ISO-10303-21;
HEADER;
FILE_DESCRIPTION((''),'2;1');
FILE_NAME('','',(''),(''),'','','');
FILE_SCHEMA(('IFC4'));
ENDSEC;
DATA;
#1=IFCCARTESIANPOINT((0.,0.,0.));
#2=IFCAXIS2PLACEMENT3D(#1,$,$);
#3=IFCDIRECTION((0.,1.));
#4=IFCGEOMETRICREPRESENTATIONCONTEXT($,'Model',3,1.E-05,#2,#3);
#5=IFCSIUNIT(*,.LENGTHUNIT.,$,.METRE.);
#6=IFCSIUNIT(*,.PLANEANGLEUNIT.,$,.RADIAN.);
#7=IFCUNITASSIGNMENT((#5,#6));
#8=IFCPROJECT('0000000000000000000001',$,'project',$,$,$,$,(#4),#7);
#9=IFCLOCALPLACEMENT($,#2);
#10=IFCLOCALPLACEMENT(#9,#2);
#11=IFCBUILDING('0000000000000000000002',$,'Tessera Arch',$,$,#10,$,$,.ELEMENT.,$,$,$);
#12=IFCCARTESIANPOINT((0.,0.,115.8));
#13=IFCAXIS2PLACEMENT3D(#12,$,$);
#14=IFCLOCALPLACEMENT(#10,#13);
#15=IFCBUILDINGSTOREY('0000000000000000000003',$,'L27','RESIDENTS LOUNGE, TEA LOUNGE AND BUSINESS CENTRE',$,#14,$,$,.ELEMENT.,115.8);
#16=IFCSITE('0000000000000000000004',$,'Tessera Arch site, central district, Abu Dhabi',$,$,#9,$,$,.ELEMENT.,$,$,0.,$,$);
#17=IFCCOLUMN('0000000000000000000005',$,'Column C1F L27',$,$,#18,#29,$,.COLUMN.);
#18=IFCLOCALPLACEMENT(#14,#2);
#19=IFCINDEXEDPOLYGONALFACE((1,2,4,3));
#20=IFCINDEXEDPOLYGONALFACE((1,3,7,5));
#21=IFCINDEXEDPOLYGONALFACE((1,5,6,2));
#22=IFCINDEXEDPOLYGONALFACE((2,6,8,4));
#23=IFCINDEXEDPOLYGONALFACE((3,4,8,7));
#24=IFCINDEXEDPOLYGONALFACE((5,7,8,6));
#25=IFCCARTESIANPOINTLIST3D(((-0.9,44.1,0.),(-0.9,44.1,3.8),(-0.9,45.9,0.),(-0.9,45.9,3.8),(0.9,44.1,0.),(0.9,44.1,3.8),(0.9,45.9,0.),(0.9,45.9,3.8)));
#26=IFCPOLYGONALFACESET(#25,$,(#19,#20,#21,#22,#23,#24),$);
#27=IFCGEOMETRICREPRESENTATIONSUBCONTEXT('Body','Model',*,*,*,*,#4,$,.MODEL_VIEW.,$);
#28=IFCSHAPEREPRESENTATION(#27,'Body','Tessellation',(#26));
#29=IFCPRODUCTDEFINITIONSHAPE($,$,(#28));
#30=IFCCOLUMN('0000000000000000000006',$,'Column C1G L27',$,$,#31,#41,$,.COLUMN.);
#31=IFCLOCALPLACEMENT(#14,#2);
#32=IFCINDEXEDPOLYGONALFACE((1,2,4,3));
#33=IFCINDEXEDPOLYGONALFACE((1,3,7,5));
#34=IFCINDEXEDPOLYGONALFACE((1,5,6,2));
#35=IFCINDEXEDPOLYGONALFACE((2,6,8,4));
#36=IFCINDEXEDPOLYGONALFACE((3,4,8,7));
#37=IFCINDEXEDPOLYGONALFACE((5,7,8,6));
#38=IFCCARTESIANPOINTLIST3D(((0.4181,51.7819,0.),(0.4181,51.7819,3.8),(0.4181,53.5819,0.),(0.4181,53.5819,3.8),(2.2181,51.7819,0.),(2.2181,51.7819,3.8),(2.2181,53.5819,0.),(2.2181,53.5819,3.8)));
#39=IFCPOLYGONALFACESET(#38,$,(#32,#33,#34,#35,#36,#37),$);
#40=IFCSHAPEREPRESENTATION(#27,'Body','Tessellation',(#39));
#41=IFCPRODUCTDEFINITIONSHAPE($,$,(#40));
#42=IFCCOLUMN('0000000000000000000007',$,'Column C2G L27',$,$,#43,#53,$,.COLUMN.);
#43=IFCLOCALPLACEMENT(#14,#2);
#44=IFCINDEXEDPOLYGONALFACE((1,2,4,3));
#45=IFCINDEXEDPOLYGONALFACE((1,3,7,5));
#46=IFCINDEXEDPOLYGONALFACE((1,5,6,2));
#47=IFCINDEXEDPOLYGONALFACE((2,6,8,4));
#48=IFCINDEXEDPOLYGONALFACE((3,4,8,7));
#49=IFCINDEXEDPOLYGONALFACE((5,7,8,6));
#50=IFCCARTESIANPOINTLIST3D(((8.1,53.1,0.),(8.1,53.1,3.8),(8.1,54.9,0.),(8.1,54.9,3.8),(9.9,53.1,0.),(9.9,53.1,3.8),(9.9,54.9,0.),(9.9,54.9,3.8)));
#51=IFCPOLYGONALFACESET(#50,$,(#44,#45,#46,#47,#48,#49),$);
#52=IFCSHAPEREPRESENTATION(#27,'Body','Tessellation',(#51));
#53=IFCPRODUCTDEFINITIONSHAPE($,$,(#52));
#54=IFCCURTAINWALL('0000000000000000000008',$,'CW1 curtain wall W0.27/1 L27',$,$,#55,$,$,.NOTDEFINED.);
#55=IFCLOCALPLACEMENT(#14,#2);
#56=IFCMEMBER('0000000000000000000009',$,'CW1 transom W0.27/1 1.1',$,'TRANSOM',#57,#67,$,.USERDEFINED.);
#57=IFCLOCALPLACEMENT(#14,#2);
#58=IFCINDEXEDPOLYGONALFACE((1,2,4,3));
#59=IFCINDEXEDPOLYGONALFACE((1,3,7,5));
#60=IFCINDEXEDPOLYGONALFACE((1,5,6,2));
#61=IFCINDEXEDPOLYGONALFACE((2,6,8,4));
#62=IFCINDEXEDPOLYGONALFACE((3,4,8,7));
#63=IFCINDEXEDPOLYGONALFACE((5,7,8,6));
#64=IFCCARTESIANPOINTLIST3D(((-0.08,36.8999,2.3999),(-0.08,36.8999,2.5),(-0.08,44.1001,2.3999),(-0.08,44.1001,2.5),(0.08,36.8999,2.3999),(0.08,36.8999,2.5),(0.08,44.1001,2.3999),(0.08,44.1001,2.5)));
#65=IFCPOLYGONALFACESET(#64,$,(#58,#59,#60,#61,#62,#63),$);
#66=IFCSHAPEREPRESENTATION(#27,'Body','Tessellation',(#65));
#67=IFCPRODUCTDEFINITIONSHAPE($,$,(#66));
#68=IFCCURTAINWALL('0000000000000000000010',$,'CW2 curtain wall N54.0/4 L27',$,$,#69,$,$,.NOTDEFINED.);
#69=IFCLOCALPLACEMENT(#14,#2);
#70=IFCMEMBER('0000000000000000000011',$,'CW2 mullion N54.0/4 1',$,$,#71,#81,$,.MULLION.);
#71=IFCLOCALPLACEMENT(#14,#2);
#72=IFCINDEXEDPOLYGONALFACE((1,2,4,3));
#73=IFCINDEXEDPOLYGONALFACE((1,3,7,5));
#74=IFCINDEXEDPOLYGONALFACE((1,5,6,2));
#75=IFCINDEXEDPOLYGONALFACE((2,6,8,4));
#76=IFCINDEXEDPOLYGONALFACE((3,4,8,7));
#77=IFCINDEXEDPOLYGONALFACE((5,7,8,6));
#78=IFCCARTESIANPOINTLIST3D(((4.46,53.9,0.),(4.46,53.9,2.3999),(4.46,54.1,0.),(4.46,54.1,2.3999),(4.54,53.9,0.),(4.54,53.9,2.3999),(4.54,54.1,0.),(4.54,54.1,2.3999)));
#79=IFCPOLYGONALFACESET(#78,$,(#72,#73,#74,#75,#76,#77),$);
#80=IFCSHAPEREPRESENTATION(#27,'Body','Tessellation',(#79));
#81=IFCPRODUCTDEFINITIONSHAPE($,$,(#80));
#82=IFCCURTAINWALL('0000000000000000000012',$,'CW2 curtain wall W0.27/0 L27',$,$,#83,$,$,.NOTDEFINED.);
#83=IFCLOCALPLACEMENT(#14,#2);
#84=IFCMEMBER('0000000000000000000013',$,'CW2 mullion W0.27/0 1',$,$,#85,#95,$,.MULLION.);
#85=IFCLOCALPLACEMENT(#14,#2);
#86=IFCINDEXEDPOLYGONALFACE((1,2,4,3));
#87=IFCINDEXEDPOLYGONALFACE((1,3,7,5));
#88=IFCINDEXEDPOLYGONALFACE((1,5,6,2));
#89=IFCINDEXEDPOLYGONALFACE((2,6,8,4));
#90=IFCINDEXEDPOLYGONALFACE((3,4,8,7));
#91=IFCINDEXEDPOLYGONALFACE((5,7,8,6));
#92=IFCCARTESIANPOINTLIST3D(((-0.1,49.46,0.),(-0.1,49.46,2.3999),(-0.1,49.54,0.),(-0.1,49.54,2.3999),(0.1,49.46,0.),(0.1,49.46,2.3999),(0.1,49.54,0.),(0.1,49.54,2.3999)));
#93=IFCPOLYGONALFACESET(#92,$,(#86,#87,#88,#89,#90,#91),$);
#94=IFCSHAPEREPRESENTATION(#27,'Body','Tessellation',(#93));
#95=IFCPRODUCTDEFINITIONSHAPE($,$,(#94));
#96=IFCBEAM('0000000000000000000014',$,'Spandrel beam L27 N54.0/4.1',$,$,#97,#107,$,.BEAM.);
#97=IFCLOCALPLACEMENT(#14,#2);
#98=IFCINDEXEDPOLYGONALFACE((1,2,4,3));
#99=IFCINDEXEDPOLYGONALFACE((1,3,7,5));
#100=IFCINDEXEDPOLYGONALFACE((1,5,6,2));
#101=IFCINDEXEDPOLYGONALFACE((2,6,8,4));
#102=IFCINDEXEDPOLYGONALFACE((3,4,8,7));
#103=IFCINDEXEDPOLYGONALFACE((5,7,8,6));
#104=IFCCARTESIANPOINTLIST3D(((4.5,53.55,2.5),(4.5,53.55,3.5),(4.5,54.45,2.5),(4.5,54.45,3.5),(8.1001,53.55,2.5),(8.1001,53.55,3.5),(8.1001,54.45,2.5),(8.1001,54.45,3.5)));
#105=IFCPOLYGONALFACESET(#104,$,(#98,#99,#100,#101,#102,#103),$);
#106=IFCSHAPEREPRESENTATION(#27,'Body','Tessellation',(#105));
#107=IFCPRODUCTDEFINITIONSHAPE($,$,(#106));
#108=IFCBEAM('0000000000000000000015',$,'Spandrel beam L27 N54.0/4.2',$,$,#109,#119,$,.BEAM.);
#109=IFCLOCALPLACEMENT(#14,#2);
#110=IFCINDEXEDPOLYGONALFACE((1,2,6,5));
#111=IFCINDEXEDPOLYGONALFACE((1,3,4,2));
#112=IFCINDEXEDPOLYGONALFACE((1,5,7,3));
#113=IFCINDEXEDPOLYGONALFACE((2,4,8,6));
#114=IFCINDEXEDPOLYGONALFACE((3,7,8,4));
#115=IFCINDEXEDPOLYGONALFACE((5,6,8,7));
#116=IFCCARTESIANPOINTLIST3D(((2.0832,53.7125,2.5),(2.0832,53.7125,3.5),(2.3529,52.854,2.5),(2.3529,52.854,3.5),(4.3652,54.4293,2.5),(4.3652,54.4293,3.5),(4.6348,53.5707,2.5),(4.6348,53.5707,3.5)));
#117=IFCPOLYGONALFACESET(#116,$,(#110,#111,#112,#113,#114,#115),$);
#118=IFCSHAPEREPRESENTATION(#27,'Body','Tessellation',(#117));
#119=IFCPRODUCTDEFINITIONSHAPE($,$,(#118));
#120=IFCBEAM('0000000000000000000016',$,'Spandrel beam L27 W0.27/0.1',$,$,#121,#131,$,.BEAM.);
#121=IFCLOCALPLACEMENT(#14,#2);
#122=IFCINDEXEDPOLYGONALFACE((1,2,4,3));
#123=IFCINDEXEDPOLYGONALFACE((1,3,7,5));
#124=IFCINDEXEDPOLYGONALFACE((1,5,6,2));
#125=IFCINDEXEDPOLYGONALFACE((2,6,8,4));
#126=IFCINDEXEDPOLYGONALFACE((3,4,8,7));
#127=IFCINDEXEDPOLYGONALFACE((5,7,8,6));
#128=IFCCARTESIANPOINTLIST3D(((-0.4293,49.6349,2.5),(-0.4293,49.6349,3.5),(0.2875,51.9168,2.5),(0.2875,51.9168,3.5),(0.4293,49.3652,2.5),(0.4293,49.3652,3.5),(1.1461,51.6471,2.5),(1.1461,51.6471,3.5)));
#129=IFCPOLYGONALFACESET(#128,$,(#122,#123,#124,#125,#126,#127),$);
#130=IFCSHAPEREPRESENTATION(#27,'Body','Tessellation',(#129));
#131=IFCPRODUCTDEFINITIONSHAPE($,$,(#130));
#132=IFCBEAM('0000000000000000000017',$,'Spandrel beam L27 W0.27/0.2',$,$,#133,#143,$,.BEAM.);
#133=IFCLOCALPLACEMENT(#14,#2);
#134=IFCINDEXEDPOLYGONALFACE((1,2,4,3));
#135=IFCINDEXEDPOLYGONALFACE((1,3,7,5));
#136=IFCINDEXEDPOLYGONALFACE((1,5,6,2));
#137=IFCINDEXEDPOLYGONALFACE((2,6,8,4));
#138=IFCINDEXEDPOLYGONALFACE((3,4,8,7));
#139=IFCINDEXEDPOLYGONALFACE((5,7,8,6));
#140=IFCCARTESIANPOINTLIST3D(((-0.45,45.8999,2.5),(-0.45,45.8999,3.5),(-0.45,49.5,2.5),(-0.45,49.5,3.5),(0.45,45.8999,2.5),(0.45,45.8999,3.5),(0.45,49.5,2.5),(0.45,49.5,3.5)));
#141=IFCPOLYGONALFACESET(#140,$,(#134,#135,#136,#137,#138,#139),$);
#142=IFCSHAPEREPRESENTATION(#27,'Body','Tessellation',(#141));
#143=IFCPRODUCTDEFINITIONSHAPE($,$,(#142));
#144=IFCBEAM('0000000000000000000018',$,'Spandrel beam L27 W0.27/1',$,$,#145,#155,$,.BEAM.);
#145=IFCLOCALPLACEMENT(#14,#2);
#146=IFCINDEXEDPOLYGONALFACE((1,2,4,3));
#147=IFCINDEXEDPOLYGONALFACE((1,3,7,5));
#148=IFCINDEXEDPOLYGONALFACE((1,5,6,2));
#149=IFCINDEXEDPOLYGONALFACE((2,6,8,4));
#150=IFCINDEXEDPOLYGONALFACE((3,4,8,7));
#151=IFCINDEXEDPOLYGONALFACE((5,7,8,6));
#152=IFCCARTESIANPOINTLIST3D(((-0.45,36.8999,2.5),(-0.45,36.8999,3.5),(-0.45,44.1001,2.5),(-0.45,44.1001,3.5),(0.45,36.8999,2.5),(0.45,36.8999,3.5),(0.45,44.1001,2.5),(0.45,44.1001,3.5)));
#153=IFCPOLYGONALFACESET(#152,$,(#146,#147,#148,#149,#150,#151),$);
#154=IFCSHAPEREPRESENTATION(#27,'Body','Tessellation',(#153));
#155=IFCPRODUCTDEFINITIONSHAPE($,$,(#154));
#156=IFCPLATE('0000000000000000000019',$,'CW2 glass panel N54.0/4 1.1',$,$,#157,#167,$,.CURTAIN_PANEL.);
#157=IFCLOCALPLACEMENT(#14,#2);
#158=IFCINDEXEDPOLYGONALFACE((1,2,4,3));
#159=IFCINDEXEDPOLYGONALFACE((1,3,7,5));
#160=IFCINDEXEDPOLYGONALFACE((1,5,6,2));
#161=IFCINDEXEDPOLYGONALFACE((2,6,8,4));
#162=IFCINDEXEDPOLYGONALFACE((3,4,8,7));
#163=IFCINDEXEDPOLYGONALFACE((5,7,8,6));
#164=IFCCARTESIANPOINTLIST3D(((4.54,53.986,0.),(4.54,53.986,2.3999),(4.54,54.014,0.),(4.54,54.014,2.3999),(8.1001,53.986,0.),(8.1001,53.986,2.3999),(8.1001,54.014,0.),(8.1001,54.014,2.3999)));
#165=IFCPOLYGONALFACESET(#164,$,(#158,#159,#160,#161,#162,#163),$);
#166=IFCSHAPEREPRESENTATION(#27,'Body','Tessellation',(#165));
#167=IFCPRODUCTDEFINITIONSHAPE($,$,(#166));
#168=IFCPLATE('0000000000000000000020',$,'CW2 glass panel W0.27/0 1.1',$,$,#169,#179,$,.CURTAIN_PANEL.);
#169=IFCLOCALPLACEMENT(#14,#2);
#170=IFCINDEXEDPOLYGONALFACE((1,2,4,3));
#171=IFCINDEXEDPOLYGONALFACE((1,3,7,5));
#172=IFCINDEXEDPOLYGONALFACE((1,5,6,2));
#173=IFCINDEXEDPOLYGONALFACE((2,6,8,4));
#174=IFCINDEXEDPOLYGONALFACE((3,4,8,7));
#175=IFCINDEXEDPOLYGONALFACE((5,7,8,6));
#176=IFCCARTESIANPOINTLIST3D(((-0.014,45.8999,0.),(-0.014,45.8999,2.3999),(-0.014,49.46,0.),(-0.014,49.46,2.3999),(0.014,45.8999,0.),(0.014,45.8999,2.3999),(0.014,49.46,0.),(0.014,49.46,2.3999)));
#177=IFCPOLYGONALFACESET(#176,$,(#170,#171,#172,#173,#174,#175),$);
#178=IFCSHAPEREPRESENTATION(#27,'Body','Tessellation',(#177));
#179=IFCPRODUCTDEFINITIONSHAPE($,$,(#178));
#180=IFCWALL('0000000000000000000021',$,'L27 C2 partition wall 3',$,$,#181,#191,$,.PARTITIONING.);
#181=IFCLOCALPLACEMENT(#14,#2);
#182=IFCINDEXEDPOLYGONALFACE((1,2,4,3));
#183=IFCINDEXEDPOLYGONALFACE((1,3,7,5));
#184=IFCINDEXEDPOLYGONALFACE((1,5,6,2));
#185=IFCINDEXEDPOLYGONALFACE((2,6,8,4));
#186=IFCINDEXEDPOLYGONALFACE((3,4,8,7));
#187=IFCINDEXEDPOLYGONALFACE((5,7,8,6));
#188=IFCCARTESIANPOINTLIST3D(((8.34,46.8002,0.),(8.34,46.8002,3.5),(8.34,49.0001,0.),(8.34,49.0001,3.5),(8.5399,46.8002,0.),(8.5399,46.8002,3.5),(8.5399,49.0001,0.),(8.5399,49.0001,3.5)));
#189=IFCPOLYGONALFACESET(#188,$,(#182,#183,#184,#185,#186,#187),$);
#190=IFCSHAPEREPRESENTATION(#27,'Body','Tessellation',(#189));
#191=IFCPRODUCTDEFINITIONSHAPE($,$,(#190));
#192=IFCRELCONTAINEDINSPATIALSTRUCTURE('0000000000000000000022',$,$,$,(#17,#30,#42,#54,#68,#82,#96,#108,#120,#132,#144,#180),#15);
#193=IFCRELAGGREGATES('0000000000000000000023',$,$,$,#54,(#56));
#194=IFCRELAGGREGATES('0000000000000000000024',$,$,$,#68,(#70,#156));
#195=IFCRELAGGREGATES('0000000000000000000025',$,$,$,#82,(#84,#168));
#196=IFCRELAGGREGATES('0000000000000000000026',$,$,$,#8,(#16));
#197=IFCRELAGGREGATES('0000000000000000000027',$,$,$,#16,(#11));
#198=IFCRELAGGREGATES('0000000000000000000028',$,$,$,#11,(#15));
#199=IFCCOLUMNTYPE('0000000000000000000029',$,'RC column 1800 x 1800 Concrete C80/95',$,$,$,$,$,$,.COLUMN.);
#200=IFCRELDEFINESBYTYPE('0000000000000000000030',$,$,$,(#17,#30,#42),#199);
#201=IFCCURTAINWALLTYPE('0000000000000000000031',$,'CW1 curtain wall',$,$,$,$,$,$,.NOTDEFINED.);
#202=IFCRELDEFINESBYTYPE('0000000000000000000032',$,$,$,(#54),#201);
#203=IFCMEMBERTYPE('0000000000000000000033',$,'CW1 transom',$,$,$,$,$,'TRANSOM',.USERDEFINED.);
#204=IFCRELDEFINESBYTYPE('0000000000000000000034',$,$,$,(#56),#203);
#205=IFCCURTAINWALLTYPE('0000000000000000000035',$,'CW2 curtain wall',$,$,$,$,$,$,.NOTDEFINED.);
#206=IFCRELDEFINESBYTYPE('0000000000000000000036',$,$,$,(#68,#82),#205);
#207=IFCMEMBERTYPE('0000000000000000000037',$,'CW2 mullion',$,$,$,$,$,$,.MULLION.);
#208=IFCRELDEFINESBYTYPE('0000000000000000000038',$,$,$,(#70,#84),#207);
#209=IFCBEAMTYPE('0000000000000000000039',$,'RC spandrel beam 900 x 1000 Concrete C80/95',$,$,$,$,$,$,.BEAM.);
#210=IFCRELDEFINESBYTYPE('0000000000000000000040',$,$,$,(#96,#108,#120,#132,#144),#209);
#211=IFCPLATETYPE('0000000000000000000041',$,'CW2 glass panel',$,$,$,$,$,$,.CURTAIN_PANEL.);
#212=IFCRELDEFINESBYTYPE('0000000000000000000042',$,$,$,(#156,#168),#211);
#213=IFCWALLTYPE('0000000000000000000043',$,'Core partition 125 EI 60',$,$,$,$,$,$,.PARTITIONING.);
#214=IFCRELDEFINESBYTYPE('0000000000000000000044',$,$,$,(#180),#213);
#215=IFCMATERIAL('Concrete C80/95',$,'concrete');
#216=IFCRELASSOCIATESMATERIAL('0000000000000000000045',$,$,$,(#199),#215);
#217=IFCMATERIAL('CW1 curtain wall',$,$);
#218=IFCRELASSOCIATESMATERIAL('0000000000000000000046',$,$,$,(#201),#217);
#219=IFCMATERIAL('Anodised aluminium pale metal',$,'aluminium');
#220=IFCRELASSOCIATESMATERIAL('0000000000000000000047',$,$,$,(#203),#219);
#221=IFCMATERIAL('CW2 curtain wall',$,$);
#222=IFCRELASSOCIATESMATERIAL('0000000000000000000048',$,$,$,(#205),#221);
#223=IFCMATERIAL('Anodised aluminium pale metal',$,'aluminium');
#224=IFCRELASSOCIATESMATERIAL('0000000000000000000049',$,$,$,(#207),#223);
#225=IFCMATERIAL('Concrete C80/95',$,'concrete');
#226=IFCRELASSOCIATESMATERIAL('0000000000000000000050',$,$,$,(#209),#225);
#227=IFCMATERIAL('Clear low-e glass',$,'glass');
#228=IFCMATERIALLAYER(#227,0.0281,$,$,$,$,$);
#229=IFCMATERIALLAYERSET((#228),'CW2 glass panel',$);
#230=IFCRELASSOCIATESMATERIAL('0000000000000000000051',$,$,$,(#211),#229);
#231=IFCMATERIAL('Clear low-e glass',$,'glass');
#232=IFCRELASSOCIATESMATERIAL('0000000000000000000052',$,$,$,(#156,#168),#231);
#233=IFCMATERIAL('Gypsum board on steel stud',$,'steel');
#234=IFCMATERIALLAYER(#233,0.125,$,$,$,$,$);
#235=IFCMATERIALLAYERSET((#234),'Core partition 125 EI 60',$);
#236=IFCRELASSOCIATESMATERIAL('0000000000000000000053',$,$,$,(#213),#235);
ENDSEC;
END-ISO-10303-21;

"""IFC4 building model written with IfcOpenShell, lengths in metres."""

from ifc_helpers import new_model, si_unit, direction, frame, frame_2d, origin, origin_2d, place, context, subcontext, project, spatial, rectangle, extrude, material, layer, layer_set, material_profile, profile_set, type_object, element, aggregate, save


model = new_model("IFC4")

# Units and contexts
model_context = context("Model", 3, precision=1e-05, world=origin(), true_north=direction((0.0, 1.0)))
body_context = subcontext(model_context, "Body", "Model", "MODEL_VIEW")
ifc_project = project(units=[si_unit("LENGTHUNIT", "METRE"), si_unit("PLANEANGLEUNIT", "RADIAN")], contexts=[model_context])

# Site, building, storey
site_placement = place(None, origin())
site = spatial("IfcSite", under=ifc_project, at=site_placement, Name="Tessera Arch site, central district, Abu Dhabi", CompositionType="ELEMENT", RefElevation=0.0)
building_placement = place(site_placement, origin())
building = spatial("IfcBuilding", under=site, at=building_placement, Name="Tessera Arch", CompositionType="ELEMENT")
storey_placement = place(building_placement, frame((0.0, 0.0, 115.8)))
storey = spatial("IfcBuildingStorey", under=building, at=storey_placement, Name="L27", Description="RESIDENTS LOUNGE, TEA LOUNGE AND BUSINESS CENTRE", CompositionType="ELEMENT", Elevation=115.8)

# Columns
ifc_material_1 = material(Name="Concrete C80/95", Category="concrete")
ifc_material_profile_1 = material_profile(ifc_material_1, rectangle(XDim=1.8, YDim=1.8, at=origin_2d()), Name="RC column 1800 x 1800 Concrete C80/95")
ifc_profile_set_1 = profile_set([ifc_material_profile_1], Name="Concrete C80/95")
column_type = type_object("IfcColumnType", Name="RC column 1800 x 1800 Concrete C80/95", PredefinedType="COLUMN", material=ifc_profile_set_1)
for number, where, z_axis, x_axis, name in (
    (1, (0.0, 45.0, 0.0), (0.0, 0.0, 1.0), (1.0, 0.0, 0.0), "Column C1F L27"),
    (2, (1.3181, 52.6819, 0.0), (0.0, 0.0, 1.0), (1.0, 0.0, 0.0), "Column C1G L27"),
    (3, (9.0, 54.0, 0.0), (0.0, 0.0, 1.0), (1.0, 0.0, 0.0), "Column C2G L27"),
):
    element("IfcColumn", number, at=place(storey_placement, frame(where, z_axis=z_axis, x_axis=x_axis)), inside=storey, type_object=column_type, Name=name, PredefinedType="COLUMN", context=body_context, shape_type="SweptSolid", body=[
        extrude(rectangle(XDim=1.8, YDim=1.8, at=origin_2d()), origin(), (0.0, 0.0, 1.0), 3.8),
    ])

# Curtain walls, members
ifc_material_2 = material(Name="CW1 curtain wall")
curtain_wall_type_1 = type_object("IfcCurtainWallType", Name="CW1 curtain wall", PredefinedType="NOTDEFINED", material=ifc_material_2)
curtain_wall_1_placement = place(storey_placement, origin())
curtain_wall_1 = element("IfcCurtainWall", 4, at=curtain_wall_1_placement, inside=storey, type_object=curtain_wall_type_1, Name="CW1 curtain wall W0.27/1 L27", PredefinedType="NOTDEFINED")
ifc_material_3 = material(Name="Anodised aluminium pale metal", Category="aluminium")
ifc_material_profile_2 = material_profile(ifc_material_3, rectangle(XDim=0.1599, YDim=0.1001, at=origin_2d()), Name="AL 160x100")
ifc_profile_set_2 = profile_set([ifc_material_profile_2], Name="Anodised aluminium pale metal")
member_type_1 = type_object("IfcMemberType", Name="CW1 transom", ElementType="TRANSOM", PredefinedType="USERDEFINED", material=ifc_profile_set_2)
member_1_placement = place(storey_placement, frame((0.0, 44.1001, 2.45), z_axis=(0.0, -1.0, 0.0), x_axis=(1.0, 0.0, 0.0)))
member_1 = element("IfcMember", 5, at=member_1_placement, type_object=member_type_1, Name="CW1 transom W0.27/1 1.1", ObjectType="TRANSOM", PredefinedType="USERDEFINED", context=body_context, shape_type="SweptSolid", body=[
    extrude(rectangle(XDim=0.1599, YDim=0.1001, at=origin_2d()), origin(), (0.0, 0.0, 1.0), 7.2002),
])
aggregate(curtain_wall_1, [member_1])
ifc_material_4 = material(Name="CW2 curtain wall")
curtain_wall_type_2 = type_object("IfcCurtainWallType", Name="CW2 curtain wall", PredefinedType="NOTDEFINED", material=ifc_material_4)
curtain_wall_2_placement = place(storey_placement, origin())
curtain_wall_2 = element("IfcCurtainWall", 6, at=curtain_wall_2_placement, inside=storey, type_object=curtain_wall_type_2, Name="CW2 curtain wall N54.0/4 L27", PredefinedType="NOTDEFINED")
ifc_material_5 = material(Name="Anodised aluminium pale metal", Category="aluminium")
ifc_material_profile_3 = material_profile(ifc_material_5, rectangle(XDim=0.2, YDim=0.0801, at=origin_2d()), Name="AL 80x200")
ifc_profile_set_3 = profile_set([ifc_material_profile_3], Name="Anodised aluminium pale metal")
member_type_2 = type_object("IfcMemberType", Name="CW2 mullion", PredefinedType="MULLION", material=ifc_profile_set_3)
member_2_placement = place(storey_placement, frame((4.5, 54.0, 0.0), z_axis=(0.0, 0.0, 1.0), x_axis=(0.0, -1.0, 0.0)))
member_2 = element("IfcMember", 7, at=member_2_placement, type_object=member_type_2, Name="CW2 mullion N54.0/4 1", PredefinedType="MULLION", context=body_context, shape_type="SweptSolid", body=[
    extrude(rectangle(XDim=0.2, YDim=0.0801, at=origin_2d()), origin(), (0.0, 0.0, 1.0), 2.3999),
])
curtain_wall_3_placement = place(storey_placement, origin())
curtain_wall_3 = element("IfcCurtainWall", 8, at=curtain_wall_3_placement, inside=storey, type_object=curtain_wall_type_2, Name="CW2 curtain wall W0.27/0 L27", PredefinedType="NOTDEFINED")
member_3_placement = place(storey_placement, frame((0.0, 49.5, 0.0), z_axis=(0.0, 0.0, 1.0), x_axis=(1.0, 0.0, 0.0)))
member_3 = element("IfcMember", 9, at=member_3_placement, type_object=member_type_2, Name="CW2 mullion W0.27/0 1", PredefinedType="MULLION", context=body_context, shape_type="SweptSolid", body=[
    extrude(rectangle(XDim=0.2, YDim=0.0801, at=origin_2d()), origin(), (0.0, 0.0, 1.0), 2.3999),
])

# Beams
ifc_material_6 = material(Name="Concrete C80/95", Category="concrete")
ifc_material_profile_4 = material_profile(ifc_material_6, rectangle(XDim=0.8999, YDim=1.0, at=origin_2d()), Name="RC spandrel beam 900 x 1000 Concrete C80/95")
ifc_profile_set_4 = profile_set([ifc_material_profile_4], Name="Concrete C80/95")
beam_type = type_object("IfcBeamType", Name="RC spandrel beam 900 x 1000 Concrete C80/95", PredefinedType="BEAM", material=ifc_profile_set_4)
beam_1_placement = place(storey_placement, frame((8.1001, 54.0, 3.0), z_axis=(-1.0, 0.0, 0.0), x_axis=(0.0, -1.0, 0.0)))
element("IfcBeam", 10, at=beam_1_placement, inside=storey, type_object=beam_type, Name="Spandrel beam L27 N54.0/4.1", PredefinedType="BEAM", context=body_context, shape_type="SweptSolid", body=[
    extrude(rectangle(XDim=0.8999, YDim=1.0, at=origin_2d()), origin(), (0.0, 0.0, 1.0), 3.6001),
])
for number, where, z_axis, x_axis, name in (
    (11, (4.5, 54.0, 3.0), (-0.954041, -0.299675, 0.0), (0.299675, -0.954041, 0.0), "Spandrel beam L27 N54.0/4.2"),
    (12, (0.7168, 51.782, 3.0), (-0.299675, -0.954041, 0.0), (0.954041, -0.299675, 0.0), "Spandrel beam L27 W0.27/0.1"),
):
    element("IfcBeam", number, at=place(storey_placement, frame(where, z_axis=z_axis, x_axis=x_axis)), inside=storey, type_object=beam_type, Name=name, PredefinedType="BEAM", context=body_context, shape_type="SweptSolid", body=[
        extrude(rectangle(XDim=0.8999, YDim=1.0, at=origin_2d()), origin(), (0.0, 0.0, 1.0), 2.3918),
    ])
beam_2_placement = place(storey_placement, frame((0.0, 49.5, 3.0), z_axis=(0.0, -1.0, 0.0), x_axis=(1.0, 0.0, 0.0)))
element("IfcBeam", 13, at=beam_2_placement, inside=storey, type_object=beam_type, Name="Spandrel beam L27 W0.27/0.2", PredefinedType="BEAM", context=body_context, shape_type="SweptSolid", body=[
    extrude(rectangle(XDim=0.8999, YDim=1.0, at=origin_2d()), origin(), (0.0, 0.0, 1.0), 3.6001),
])
beam_3_placement = place(storey_placement, frame((0.0, 44.1001, 3.0), z_axis=(0.0, -1.0, 0.0), x_axis=(1.0, 0.0, 0.0)))
element("IfcBeam", 14, at=beam_3_placement, inside=storey, type_object=beam_type, Name="Spandrel beam L27 W0.27/1", PredefinedType="BEAM", context=body_context, shape_type="SweptSolid", body=[
    extrude(rectangle(XDim=0.8999, YDim=1.0, at=origin_2d()), origin(), (0.0, 0.0, 1.0), 7.2002),
])

# Plates
ifc_material_7 = material(Name="Clear low-e glass", Category="glass")
ifc_material_8 = material(Name="Clear low-e glass", Category="glass")
ifc_layer_1 = layer(ifc_material_8, 0.0281)
ifc_layer_set_1 = layer_set([ifc_layer_1], Name="CW2 glass panel")
plate_type = type_object("IfcPlateType", Name="CW2 glass panel", PredefinedType="CURTAIN_PANEL", material=ifc_layer_set_1)
plate_1_placement = place(storey_placement, frame((6.3201, 54.0, 0.0), z_axis=(0.0, 0.0, 1.0), x_axis=(-1.0, 0.0, 0.0)))
plate_1 = element("IfcPlate", 15, at=plate_1_placement, type_object=plate_type, material=ifc_material_7, Name="CW2 glass panel N54.0/4 1.1", PredefinedType="CURTAIN_PANEL", context=body_context, shape_type="SweptSolid", body=[
    extrude(rectangle(XDim=3.5601, YDim=0.0281, at=origin_2d()), origin(), (0.0, 0.0, 1.0), 2.3999),
])
aggregate(curtain_wall_2, [member_2, plate_1])
plate_2_placement = place(storey_placement, frame((0.0, 47.6799, 0.0), z_axis=(0.0, 0.0, 1.0), x_axis=(0.0, -1.0, 0.0)))
plate_2 = element("IfcPlate", 16, at=plate_2_placement, type_object=plate_type, material=ifc_material_7, Name="CW2 glass panel W0.27/0 1.1", PredefinedType="CURTAIN_PANEL", context=body_context, shape_type="SweptSolid", body=[
    extrude(rectangle(XDim=3.5601, YDim=0.0281, at=origin_2d()), origin(), (0.0, 0.0, 1.0), 2.3999),
])
aggregate(curtain_wall_3, [member_3, plate_2])

# Wall
ifc_material_9 = material(Name="Gypsum board on steel stud", Category="steel")
ifc_layer_2 = layer(ifc_material_9, 0.125)
ifc_layer_set_2 = layer_set([ifc_layer_2], Name="Core partition 125 EI 60")
wall_type_1 = type_object("IfcWallType", Name="Core partition 125 EI 60", PredefinedType="PARTITIONING", material=ifc_layer_set_2)
wall_1_placement = place(storey_placement, frame((8.4399, 46.8, 0.0), z_axis=(0.0, 0.0, 1.0), x_axis=(0.0, 1.0, 0.0)))
element("IfcWall", 17, at=wall_1_placement, inside=storey, type_object=wall_type_1, Name="L27 C2 partition wall 3", PredefinedType="PARTITIONING", context=body_context, shape_type="SweptSolid", body=[
    extrude(rectangle(XDim=2.2, YDim=0.2, at=frame_2d((1.1001, 0.0))), origin(), (0.0, 0.0, 1.0), 3.5),
])

save(model, "model.ifc")
